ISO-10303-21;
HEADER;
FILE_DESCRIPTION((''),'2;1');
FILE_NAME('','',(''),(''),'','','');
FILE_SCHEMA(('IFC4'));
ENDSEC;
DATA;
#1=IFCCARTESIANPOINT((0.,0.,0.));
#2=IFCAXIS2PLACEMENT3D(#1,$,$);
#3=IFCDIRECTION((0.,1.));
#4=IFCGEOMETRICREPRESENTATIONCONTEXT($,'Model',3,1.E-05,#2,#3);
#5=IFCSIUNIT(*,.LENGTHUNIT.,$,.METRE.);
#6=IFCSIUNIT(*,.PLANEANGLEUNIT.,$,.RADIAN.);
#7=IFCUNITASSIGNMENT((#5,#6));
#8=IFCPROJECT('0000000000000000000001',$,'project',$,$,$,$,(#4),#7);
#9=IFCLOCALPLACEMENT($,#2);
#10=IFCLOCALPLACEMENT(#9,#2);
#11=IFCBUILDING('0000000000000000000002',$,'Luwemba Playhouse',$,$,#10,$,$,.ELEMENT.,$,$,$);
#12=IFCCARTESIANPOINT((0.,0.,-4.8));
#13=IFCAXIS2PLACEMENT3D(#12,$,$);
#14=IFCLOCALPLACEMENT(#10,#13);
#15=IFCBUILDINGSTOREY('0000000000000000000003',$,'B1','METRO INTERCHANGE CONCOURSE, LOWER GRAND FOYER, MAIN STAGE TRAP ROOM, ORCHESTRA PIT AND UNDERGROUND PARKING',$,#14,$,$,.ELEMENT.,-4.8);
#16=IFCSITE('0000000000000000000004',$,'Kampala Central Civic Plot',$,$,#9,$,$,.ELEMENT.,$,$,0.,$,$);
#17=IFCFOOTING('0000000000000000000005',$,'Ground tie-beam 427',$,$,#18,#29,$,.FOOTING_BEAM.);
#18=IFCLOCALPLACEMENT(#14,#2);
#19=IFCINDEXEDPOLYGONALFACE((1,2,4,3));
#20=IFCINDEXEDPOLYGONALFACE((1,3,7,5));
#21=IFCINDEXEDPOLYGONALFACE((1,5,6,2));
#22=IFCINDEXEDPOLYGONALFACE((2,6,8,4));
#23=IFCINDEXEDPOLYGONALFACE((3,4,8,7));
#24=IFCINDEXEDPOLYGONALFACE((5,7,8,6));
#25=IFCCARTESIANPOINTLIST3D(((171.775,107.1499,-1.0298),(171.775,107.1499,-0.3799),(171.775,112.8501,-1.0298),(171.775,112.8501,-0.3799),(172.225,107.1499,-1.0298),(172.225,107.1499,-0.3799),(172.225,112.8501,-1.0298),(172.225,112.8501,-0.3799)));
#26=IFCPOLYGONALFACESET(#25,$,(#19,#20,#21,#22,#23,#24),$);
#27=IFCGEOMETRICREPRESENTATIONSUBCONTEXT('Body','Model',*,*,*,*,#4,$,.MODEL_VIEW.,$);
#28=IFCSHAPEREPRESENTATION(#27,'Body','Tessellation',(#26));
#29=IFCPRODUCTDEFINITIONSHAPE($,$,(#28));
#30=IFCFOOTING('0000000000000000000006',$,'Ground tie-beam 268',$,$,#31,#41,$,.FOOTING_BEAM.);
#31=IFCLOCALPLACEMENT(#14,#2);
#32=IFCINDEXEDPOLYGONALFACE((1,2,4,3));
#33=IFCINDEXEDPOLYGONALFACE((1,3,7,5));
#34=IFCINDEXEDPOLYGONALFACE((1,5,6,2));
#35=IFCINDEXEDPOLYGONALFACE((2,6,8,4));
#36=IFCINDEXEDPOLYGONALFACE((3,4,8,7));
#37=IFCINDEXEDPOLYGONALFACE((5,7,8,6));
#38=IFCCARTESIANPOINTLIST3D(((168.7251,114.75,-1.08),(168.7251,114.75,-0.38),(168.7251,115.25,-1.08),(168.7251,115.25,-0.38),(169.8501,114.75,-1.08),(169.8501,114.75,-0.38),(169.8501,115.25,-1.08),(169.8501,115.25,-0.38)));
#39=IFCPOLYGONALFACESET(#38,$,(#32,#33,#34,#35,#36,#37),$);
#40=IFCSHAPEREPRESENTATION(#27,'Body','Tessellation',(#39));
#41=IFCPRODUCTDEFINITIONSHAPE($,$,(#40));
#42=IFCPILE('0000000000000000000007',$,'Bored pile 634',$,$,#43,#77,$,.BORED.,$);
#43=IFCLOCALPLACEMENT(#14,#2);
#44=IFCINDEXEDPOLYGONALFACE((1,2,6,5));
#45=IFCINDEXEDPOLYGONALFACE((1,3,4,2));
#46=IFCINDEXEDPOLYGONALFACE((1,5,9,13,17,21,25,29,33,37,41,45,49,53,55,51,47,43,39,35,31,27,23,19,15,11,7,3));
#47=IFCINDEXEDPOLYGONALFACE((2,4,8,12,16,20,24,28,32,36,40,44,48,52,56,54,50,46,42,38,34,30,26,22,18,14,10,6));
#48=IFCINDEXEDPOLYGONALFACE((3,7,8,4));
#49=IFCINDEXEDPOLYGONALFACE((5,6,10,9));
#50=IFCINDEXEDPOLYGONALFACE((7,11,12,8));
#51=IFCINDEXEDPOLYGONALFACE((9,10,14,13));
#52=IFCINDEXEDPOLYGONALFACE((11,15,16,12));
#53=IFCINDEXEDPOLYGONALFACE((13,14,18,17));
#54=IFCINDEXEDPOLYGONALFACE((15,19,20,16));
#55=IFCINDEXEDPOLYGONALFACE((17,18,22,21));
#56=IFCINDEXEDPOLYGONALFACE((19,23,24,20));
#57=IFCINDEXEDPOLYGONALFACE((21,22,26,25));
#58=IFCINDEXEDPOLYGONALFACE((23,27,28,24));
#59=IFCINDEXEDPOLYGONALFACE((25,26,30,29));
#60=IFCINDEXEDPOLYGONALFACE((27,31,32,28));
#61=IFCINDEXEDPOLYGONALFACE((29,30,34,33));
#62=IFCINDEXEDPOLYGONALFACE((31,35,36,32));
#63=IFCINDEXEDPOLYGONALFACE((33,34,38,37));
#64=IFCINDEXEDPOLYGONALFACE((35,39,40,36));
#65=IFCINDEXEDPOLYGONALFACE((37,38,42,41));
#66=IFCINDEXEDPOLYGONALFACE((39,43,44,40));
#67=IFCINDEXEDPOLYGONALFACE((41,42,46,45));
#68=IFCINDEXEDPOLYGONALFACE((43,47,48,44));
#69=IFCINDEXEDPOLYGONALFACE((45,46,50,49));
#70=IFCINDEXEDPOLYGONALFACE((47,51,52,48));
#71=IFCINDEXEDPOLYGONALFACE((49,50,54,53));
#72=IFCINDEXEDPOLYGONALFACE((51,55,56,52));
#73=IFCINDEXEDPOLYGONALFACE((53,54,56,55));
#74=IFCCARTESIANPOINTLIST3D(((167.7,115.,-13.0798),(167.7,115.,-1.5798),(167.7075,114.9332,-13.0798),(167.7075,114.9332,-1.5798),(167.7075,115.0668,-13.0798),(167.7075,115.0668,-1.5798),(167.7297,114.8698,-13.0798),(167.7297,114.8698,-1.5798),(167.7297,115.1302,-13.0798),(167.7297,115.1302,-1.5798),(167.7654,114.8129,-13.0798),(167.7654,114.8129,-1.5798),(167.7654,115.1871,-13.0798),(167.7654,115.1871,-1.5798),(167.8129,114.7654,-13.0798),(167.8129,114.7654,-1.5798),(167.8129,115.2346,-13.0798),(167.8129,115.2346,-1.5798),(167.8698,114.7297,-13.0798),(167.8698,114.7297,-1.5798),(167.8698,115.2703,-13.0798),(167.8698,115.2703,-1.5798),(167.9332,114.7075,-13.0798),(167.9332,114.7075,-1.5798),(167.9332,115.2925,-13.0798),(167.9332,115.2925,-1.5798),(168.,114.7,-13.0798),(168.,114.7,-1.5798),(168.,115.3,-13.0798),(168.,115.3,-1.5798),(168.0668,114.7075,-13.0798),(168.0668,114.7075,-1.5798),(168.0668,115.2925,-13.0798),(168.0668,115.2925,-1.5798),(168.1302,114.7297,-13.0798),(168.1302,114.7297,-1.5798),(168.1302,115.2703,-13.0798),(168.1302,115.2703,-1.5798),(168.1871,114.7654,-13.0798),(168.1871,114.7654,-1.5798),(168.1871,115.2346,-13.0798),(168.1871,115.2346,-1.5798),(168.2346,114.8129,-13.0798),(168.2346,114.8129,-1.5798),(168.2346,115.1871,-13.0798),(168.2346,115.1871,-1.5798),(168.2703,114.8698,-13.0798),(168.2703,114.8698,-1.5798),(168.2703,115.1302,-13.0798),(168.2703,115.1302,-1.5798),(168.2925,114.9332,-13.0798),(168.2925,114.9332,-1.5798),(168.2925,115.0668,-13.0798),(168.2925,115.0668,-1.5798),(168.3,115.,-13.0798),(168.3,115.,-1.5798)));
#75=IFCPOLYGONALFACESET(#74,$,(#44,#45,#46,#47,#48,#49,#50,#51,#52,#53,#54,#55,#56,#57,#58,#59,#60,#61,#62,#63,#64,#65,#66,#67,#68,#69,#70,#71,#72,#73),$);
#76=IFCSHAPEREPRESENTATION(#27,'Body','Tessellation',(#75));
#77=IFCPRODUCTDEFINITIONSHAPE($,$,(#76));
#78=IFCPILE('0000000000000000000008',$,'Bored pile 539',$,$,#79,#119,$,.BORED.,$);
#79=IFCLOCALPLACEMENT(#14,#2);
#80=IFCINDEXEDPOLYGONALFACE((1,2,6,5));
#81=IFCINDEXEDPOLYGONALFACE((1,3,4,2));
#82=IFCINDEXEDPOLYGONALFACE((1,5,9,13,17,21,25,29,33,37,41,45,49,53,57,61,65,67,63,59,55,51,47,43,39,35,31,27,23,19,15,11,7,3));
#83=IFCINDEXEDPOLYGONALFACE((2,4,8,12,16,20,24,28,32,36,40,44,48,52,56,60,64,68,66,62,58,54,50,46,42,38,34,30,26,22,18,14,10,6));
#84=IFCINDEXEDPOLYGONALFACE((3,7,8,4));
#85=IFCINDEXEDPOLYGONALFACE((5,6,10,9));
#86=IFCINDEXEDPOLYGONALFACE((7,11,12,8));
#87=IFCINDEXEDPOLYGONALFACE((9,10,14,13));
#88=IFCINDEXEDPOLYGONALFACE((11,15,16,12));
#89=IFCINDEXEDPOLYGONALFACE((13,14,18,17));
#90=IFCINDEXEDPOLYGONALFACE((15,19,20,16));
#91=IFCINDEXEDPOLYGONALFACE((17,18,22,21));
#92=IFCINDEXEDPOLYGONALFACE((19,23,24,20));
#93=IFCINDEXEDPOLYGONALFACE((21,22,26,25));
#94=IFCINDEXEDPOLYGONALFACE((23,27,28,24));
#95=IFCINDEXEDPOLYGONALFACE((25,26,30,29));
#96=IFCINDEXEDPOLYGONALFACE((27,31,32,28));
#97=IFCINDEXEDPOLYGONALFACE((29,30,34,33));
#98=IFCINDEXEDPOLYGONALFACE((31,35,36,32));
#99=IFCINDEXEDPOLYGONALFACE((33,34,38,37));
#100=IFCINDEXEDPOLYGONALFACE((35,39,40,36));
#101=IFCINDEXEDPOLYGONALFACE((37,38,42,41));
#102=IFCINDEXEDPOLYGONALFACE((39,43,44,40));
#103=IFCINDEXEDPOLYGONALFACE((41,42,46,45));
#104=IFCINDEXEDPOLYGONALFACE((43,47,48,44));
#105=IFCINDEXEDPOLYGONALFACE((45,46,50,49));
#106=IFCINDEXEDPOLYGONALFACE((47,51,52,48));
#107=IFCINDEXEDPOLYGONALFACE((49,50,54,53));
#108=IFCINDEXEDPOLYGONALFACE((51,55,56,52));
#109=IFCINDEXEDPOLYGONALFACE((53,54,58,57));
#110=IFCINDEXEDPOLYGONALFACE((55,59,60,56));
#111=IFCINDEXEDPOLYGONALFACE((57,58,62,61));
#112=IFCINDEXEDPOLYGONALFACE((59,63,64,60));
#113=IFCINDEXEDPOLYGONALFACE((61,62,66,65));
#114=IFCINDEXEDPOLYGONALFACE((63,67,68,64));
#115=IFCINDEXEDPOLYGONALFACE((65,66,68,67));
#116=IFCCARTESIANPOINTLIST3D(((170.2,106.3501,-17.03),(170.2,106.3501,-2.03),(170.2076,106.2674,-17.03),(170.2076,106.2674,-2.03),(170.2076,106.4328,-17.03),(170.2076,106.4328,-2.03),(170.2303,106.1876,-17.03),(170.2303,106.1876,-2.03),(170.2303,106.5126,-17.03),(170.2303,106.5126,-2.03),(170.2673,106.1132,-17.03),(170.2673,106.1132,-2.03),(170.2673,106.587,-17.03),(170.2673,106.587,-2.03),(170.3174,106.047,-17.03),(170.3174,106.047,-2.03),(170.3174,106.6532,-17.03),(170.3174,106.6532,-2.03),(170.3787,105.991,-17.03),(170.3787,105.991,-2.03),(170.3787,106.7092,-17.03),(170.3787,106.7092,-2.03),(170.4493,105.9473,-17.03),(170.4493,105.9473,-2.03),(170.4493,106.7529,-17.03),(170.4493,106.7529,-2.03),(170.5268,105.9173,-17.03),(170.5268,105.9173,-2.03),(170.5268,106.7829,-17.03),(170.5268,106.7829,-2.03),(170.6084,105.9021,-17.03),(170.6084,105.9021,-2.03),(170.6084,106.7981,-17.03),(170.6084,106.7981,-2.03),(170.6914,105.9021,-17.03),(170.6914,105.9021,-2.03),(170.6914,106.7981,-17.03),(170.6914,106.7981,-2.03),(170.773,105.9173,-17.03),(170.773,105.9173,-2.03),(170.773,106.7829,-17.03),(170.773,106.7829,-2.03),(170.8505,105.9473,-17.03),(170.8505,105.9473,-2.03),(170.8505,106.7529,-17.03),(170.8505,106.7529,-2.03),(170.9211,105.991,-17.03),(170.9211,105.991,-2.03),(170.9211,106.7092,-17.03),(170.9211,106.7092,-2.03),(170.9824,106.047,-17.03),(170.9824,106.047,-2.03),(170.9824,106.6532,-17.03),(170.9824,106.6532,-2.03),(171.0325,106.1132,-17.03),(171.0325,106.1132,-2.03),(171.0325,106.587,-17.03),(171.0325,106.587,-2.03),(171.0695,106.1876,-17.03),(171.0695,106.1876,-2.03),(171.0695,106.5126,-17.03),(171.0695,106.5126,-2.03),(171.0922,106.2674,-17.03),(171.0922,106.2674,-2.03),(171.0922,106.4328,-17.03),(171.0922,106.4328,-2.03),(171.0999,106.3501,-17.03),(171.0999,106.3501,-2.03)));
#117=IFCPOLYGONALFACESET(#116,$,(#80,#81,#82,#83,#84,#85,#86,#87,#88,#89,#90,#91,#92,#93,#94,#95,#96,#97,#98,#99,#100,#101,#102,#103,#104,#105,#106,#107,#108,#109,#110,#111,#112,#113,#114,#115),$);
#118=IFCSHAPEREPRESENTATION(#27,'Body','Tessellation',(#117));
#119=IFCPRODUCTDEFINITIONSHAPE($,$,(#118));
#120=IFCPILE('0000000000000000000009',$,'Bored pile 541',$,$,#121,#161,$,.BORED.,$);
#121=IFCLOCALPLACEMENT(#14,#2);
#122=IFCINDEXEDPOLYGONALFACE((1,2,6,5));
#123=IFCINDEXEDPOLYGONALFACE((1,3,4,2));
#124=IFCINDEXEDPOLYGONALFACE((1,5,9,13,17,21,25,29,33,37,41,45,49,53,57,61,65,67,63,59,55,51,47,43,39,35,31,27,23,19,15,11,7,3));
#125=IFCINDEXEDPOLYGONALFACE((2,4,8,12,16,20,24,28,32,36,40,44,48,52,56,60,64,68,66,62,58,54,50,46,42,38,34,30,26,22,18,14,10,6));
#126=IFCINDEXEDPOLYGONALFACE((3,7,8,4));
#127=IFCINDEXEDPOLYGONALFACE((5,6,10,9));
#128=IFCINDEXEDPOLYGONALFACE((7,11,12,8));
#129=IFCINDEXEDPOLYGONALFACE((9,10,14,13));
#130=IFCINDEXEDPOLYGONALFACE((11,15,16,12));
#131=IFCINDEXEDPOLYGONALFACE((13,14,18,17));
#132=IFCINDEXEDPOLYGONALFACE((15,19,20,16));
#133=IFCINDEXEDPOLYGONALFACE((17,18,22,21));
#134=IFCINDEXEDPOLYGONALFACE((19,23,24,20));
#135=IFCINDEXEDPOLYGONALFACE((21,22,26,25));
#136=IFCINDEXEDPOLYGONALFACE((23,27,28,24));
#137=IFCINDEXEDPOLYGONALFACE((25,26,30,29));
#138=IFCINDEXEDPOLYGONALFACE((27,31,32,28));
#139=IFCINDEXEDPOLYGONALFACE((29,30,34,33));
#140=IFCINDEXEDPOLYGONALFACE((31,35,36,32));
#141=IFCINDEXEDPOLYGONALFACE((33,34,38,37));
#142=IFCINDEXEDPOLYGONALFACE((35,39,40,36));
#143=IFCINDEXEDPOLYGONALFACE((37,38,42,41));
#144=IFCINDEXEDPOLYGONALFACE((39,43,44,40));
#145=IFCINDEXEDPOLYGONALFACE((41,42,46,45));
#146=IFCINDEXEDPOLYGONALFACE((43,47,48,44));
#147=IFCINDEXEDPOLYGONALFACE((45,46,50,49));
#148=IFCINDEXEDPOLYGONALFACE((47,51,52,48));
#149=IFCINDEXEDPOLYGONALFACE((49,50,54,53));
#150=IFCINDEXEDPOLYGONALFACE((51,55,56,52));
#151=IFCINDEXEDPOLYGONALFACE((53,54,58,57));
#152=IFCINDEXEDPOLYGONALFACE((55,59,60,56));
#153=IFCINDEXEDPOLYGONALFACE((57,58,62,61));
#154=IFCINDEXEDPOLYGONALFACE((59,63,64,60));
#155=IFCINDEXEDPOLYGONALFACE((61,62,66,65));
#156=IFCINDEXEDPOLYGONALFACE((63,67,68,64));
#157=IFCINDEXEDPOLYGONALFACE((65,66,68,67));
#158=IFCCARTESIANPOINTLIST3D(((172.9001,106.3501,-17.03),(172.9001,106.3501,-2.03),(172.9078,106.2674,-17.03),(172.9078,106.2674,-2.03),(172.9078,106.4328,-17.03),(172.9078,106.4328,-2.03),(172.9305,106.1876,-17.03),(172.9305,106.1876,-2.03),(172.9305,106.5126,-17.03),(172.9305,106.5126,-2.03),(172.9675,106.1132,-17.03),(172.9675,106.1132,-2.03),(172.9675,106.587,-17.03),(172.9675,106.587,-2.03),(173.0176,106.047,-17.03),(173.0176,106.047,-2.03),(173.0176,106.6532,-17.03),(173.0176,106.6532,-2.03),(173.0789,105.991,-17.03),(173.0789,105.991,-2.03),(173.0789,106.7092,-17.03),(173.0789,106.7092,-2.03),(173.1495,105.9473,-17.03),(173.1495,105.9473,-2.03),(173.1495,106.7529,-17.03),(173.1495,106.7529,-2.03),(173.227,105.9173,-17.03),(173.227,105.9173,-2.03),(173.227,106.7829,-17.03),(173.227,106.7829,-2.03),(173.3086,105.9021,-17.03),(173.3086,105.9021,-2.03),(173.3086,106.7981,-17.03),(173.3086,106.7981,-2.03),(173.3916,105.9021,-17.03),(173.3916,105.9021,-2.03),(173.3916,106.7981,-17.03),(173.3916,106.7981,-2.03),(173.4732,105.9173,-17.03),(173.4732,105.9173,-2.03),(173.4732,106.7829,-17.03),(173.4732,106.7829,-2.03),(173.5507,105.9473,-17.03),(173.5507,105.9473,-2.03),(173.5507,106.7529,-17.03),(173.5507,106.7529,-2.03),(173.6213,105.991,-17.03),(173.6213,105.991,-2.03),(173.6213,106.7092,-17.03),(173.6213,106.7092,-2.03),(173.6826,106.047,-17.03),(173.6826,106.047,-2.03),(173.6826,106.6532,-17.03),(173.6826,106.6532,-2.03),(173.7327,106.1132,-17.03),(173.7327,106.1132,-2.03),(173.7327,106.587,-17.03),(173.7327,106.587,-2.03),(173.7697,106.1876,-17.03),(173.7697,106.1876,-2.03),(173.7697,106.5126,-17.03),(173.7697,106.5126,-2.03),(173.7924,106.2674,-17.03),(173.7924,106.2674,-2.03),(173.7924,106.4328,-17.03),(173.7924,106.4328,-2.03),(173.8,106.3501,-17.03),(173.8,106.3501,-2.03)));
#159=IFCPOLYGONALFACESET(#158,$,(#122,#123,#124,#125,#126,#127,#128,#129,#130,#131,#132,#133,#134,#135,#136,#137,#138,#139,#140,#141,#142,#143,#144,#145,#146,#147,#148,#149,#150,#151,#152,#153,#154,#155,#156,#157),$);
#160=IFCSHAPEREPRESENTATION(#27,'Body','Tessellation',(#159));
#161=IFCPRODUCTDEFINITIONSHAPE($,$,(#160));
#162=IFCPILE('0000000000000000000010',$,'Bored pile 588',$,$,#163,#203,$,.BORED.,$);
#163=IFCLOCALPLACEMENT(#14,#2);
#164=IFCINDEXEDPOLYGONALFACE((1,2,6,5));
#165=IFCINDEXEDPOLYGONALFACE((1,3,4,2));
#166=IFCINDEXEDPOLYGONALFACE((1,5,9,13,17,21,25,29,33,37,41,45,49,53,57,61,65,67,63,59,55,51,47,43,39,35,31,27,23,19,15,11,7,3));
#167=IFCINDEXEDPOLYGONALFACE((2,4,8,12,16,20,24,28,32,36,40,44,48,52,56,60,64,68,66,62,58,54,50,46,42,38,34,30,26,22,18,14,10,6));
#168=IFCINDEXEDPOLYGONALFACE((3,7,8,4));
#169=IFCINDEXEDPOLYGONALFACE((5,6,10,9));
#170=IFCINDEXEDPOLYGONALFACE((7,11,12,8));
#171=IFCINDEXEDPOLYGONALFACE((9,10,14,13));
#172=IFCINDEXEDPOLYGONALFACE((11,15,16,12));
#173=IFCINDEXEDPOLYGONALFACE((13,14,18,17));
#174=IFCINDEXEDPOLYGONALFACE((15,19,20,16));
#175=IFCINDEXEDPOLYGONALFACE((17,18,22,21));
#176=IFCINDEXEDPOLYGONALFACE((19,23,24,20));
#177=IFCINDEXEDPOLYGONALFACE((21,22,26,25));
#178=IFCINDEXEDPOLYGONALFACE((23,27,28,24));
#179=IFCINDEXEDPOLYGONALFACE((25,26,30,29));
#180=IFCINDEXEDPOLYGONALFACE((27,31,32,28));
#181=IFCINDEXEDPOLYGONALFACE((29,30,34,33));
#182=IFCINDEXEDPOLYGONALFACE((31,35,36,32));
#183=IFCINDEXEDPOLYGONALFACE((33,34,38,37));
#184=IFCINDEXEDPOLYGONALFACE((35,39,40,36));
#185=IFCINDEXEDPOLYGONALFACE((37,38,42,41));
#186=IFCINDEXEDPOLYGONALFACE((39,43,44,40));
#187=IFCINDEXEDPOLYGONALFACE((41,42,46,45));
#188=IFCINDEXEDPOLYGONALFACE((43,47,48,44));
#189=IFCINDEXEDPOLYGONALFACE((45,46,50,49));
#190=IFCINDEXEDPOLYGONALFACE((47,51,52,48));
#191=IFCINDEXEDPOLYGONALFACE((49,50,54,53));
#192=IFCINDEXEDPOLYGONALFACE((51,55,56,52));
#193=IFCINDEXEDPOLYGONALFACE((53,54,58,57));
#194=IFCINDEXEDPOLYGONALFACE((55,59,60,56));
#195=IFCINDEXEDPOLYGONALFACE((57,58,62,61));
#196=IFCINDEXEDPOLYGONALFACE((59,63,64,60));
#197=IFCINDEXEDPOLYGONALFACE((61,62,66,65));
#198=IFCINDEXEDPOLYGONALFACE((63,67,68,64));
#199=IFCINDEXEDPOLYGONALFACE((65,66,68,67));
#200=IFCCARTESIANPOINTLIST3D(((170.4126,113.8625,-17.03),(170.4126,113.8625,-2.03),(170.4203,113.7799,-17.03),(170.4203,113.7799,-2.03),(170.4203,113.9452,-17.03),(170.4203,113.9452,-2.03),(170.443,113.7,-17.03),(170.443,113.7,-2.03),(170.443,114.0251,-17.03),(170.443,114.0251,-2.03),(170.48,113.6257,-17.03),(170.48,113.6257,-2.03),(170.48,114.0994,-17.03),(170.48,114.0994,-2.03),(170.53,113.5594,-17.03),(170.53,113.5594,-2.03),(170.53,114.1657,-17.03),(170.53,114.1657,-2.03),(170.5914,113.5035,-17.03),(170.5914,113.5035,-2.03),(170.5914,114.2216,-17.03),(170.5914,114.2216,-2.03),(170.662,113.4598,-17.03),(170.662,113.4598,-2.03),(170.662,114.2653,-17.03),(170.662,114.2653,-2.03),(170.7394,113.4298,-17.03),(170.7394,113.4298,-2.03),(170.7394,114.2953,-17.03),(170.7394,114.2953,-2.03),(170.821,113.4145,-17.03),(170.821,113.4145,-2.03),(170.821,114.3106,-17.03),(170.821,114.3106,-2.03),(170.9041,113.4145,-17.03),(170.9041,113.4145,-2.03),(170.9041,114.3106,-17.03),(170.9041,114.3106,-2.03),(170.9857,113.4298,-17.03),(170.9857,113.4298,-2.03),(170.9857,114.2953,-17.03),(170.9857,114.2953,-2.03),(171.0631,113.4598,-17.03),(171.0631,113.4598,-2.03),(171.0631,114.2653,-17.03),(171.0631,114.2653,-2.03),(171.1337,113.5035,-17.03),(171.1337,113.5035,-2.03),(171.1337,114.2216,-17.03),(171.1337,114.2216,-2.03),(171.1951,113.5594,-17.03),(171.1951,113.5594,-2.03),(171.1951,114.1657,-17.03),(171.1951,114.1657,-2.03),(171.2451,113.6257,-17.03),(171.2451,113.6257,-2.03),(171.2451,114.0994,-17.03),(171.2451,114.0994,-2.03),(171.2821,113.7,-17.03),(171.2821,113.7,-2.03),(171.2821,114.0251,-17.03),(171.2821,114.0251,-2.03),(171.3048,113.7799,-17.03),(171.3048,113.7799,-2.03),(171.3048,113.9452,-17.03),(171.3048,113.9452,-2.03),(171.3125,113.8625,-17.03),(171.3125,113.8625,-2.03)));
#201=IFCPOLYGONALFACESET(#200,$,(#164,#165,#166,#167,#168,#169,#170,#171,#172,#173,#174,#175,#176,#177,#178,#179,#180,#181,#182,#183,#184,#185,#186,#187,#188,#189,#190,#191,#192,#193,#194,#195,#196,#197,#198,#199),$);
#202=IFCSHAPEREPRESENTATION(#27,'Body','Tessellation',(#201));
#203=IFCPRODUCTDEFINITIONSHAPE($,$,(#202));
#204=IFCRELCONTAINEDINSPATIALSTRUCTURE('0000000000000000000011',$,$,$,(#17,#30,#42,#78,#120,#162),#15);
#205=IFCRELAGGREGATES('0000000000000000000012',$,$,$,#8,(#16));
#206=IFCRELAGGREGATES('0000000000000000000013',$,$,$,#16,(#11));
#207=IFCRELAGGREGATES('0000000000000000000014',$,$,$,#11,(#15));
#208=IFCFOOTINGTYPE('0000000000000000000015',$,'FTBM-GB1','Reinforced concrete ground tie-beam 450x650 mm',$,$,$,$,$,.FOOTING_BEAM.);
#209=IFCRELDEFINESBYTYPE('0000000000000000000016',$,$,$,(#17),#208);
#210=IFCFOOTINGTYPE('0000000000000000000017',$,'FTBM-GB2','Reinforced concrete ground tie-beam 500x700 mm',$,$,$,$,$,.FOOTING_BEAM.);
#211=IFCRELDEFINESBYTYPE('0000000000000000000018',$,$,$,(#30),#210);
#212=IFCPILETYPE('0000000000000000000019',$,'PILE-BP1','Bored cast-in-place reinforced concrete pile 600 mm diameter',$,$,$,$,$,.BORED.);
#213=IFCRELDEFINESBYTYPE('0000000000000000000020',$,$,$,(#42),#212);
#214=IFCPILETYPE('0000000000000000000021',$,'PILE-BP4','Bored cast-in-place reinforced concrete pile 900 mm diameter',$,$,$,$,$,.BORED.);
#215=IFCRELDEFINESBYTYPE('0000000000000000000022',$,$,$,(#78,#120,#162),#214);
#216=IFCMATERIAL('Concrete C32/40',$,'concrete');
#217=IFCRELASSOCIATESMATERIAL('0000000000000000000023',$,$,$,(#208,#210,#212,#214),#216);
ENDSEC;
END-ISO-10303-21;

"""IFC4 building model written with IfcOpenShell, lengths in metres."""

from ifc_helpers import new_model, si_unit, direction, frame, origin, origin_2d, place, context, subcontext, project, spatial, rectangle, circle, extrude, material, material_profile, profile_set, type_object, element, save


model = new_model("IFC4")

# Units and contexts
model_context = context("Model", 3, precision=1e-05, world=origin(), true_north=direction((0.0, 1.0)))
body_context = subcontext(model_context, "Body", "Model", "MODEL_VIEW")
ifc_project = project(units=[si_unit("LENGTHUNIT", "METRE"), si_unit("PLANEANGLEUNIT", "RADIAN")], contexts=[model_context])

# Site, building, storey
site_placement = place(None, origin())
site = spatial("IfcSite", under=ifc_project, at=site_placement, Name="Kampala Central Civic Plot", CompositionType="ELEMENT", RefElevation=0.0)
building_placement = place(site_placement, origin())
building = spatial("IfcBuilding", under=site, at=building_placement, Name="Luwemba Playhouse", CompositionType="ELEMENT")
storey_placement = place(building_placement, frame((0.0, 0.0, -4.8)))
storey = spatial("IfcBuildingStorey", under=building, at=storey_placement, Name="B1", Description="METRO INTERCHANGE CONCOURSE, LOWER GRAND FOYER, MAIN STAGE TRAP ROOM, ORCHESTRA PIT AND UNDERGROUND PARKING", CompositionType="ELEMENT", Elevation=-4.8)

# Footings
ifc_material_1 = material(Name="Concrete C32/40", Category="concrete")
ifc_material_profile_1 = material_profile(ifc_material_1, rectangle(XDim=0.45, YDim=0.6499, at=origin_2d()))
ifc_profile_set_1 = profile_set([ifc_material_profile_1], Name="Concrete C32/40")
footing_type_1 = type_object("IfcFootingType", Name="FTBM-GB1", Description="Reinforced concrete ground tie-beam 450x650 mm", PredefinedType="FOOTING_BEAM", material=ifc_profile_set_1)
footing_1_placement = place(storey_placement, frame((172.0, 107.1499, -0.7048), z_axis=(0.0, 1.0, 0.0), x_axis=(-1.0, 0.0, 0.0)))
element("IfcFooting", 1, at=footing_1_placement, inside=storey, type_object=footing_type_1, Name="Ground tie-beam 427", PredefinedType="FOOTING_BEAM", context=body_context, shape_type="SweptSolid", body=[
    extrude(rectangle(XDim=0.45, YDim=0.6499, at=origin_2d()), origin(), (0.0, 0.0, 1.0), 5.7002),
])
ifc_material_profile_2 = material_profile(ifc_material_1, rectangle(XDim=0.5, YDim=0.7, at=origin_2d()))
ifc_profile_set_2 = profile_set([ifc_material_profile_2], Name="Concrete C32/40")
footing_type_2 = type_object("IfcFootingType", Name="FTBM-GB2", Description="Reinforced concrete ground tie-beam 500x700 mm", PredefinedType="FOOTING_BEAM", material=ifc_profile_set_2)
footing_2_placement = place(storey_placement, frame((168.7251, 115.0, -0.73), z_axis=(1.0, 0.0, 0.0), x_axis=(0.0, 1.0, 0.0)))
element("IfcFooting", 2, at=footing_2_placement, inside=storey, type_object=footing_type_2, Name="Ground tie-beam 268", PredefinedType="FOOTING_BEAM", context=body_context, shape_type="SweptSolid", body=[
    extrude(rectangle(XDim=0.5, YDim=0.7, at=origin_2d()), origin(), (0.0, 0.0, 1.0), 1.125),
])

# Piles
ifc_material_profile_3 = material_profile(ifc_material_1, circle(Radius=0.3, at=origin_2d()))
ifc_profile_set_3 = profile_set([ifc_material_profile_3], Name="Concrete C32/40")
pile_type_1 = type_object("IfcPileType", Name="PILE-BP1", Description="Bored cast-in-place reinforced concrete pile 600 mm diameter", PredefinedType="BORED", material=ifc_profile_set_3)
pile_placement = place(storey_placement, frame((168.0, 115.0, -1.5798), z_axis=(0.0, 0.0, -1.0), x_axis=(1.0, 0.0, 0.0)))
element("IfcPile", 3, at=pile_placement, inside=storey, type_object=pile_type_1, Name="Bored pile 634", PredefinedType="BORED", context=body_context, shape_type="SweptSolid", body=[
    extrude(circle(Radius=0.3, at=origin_2d()), origin(), (0.0, 0.0, 1.0), 11.5),
])
ifc_material_profile_4 = material_profile(ifc_material_1, circle(Radius=0.45, at=origin_2d()))
ifc_profile_set_4 = profile_set([ifc_material_profile_4], Name="Concrete C32/40")
pile_type_2 = type_object("IfcPileType", Name="PILE-BP4", Description="Bored cast-in-place reinforced concrete pile 900 mm diameter", PredefinedType="BORED", material=ifc_profile_set_4)
for number, where, z_axis, x_axis, name in (
    (4, (170.6499, 106.3501, -2.03), (0.0, 0.0, -1.0), (1.0, 0.0, 0.0), "Bored pile 539"),
    (5, (173.3501, 106.3501, -2.03), (0.0, 0.0, -1.0), (1.0, 0.0, 0.0), "Bored pile 541"),
    (6, (170.8625, 113.8625, -2.03), (0.0, 0.0, -1.0), (1.0, 0.0, 0.0), "Bored pile 588"),
):
    element("IfcPile", number, at=place(storey_placement, frame(where, z_axis=z_axis, x_axis=x_axis)), inside=storey, type_object=pile_type_2, Name=name, PredefinedType="BORED", context=body_context, shape_type="SweptSolid", body=[
        extrude(circle(Radius=0.45, at=origin_2d()), origin(), (0.0, 0.0, 1.0), 15.0),
    ])

save(model, "model.ifc")
